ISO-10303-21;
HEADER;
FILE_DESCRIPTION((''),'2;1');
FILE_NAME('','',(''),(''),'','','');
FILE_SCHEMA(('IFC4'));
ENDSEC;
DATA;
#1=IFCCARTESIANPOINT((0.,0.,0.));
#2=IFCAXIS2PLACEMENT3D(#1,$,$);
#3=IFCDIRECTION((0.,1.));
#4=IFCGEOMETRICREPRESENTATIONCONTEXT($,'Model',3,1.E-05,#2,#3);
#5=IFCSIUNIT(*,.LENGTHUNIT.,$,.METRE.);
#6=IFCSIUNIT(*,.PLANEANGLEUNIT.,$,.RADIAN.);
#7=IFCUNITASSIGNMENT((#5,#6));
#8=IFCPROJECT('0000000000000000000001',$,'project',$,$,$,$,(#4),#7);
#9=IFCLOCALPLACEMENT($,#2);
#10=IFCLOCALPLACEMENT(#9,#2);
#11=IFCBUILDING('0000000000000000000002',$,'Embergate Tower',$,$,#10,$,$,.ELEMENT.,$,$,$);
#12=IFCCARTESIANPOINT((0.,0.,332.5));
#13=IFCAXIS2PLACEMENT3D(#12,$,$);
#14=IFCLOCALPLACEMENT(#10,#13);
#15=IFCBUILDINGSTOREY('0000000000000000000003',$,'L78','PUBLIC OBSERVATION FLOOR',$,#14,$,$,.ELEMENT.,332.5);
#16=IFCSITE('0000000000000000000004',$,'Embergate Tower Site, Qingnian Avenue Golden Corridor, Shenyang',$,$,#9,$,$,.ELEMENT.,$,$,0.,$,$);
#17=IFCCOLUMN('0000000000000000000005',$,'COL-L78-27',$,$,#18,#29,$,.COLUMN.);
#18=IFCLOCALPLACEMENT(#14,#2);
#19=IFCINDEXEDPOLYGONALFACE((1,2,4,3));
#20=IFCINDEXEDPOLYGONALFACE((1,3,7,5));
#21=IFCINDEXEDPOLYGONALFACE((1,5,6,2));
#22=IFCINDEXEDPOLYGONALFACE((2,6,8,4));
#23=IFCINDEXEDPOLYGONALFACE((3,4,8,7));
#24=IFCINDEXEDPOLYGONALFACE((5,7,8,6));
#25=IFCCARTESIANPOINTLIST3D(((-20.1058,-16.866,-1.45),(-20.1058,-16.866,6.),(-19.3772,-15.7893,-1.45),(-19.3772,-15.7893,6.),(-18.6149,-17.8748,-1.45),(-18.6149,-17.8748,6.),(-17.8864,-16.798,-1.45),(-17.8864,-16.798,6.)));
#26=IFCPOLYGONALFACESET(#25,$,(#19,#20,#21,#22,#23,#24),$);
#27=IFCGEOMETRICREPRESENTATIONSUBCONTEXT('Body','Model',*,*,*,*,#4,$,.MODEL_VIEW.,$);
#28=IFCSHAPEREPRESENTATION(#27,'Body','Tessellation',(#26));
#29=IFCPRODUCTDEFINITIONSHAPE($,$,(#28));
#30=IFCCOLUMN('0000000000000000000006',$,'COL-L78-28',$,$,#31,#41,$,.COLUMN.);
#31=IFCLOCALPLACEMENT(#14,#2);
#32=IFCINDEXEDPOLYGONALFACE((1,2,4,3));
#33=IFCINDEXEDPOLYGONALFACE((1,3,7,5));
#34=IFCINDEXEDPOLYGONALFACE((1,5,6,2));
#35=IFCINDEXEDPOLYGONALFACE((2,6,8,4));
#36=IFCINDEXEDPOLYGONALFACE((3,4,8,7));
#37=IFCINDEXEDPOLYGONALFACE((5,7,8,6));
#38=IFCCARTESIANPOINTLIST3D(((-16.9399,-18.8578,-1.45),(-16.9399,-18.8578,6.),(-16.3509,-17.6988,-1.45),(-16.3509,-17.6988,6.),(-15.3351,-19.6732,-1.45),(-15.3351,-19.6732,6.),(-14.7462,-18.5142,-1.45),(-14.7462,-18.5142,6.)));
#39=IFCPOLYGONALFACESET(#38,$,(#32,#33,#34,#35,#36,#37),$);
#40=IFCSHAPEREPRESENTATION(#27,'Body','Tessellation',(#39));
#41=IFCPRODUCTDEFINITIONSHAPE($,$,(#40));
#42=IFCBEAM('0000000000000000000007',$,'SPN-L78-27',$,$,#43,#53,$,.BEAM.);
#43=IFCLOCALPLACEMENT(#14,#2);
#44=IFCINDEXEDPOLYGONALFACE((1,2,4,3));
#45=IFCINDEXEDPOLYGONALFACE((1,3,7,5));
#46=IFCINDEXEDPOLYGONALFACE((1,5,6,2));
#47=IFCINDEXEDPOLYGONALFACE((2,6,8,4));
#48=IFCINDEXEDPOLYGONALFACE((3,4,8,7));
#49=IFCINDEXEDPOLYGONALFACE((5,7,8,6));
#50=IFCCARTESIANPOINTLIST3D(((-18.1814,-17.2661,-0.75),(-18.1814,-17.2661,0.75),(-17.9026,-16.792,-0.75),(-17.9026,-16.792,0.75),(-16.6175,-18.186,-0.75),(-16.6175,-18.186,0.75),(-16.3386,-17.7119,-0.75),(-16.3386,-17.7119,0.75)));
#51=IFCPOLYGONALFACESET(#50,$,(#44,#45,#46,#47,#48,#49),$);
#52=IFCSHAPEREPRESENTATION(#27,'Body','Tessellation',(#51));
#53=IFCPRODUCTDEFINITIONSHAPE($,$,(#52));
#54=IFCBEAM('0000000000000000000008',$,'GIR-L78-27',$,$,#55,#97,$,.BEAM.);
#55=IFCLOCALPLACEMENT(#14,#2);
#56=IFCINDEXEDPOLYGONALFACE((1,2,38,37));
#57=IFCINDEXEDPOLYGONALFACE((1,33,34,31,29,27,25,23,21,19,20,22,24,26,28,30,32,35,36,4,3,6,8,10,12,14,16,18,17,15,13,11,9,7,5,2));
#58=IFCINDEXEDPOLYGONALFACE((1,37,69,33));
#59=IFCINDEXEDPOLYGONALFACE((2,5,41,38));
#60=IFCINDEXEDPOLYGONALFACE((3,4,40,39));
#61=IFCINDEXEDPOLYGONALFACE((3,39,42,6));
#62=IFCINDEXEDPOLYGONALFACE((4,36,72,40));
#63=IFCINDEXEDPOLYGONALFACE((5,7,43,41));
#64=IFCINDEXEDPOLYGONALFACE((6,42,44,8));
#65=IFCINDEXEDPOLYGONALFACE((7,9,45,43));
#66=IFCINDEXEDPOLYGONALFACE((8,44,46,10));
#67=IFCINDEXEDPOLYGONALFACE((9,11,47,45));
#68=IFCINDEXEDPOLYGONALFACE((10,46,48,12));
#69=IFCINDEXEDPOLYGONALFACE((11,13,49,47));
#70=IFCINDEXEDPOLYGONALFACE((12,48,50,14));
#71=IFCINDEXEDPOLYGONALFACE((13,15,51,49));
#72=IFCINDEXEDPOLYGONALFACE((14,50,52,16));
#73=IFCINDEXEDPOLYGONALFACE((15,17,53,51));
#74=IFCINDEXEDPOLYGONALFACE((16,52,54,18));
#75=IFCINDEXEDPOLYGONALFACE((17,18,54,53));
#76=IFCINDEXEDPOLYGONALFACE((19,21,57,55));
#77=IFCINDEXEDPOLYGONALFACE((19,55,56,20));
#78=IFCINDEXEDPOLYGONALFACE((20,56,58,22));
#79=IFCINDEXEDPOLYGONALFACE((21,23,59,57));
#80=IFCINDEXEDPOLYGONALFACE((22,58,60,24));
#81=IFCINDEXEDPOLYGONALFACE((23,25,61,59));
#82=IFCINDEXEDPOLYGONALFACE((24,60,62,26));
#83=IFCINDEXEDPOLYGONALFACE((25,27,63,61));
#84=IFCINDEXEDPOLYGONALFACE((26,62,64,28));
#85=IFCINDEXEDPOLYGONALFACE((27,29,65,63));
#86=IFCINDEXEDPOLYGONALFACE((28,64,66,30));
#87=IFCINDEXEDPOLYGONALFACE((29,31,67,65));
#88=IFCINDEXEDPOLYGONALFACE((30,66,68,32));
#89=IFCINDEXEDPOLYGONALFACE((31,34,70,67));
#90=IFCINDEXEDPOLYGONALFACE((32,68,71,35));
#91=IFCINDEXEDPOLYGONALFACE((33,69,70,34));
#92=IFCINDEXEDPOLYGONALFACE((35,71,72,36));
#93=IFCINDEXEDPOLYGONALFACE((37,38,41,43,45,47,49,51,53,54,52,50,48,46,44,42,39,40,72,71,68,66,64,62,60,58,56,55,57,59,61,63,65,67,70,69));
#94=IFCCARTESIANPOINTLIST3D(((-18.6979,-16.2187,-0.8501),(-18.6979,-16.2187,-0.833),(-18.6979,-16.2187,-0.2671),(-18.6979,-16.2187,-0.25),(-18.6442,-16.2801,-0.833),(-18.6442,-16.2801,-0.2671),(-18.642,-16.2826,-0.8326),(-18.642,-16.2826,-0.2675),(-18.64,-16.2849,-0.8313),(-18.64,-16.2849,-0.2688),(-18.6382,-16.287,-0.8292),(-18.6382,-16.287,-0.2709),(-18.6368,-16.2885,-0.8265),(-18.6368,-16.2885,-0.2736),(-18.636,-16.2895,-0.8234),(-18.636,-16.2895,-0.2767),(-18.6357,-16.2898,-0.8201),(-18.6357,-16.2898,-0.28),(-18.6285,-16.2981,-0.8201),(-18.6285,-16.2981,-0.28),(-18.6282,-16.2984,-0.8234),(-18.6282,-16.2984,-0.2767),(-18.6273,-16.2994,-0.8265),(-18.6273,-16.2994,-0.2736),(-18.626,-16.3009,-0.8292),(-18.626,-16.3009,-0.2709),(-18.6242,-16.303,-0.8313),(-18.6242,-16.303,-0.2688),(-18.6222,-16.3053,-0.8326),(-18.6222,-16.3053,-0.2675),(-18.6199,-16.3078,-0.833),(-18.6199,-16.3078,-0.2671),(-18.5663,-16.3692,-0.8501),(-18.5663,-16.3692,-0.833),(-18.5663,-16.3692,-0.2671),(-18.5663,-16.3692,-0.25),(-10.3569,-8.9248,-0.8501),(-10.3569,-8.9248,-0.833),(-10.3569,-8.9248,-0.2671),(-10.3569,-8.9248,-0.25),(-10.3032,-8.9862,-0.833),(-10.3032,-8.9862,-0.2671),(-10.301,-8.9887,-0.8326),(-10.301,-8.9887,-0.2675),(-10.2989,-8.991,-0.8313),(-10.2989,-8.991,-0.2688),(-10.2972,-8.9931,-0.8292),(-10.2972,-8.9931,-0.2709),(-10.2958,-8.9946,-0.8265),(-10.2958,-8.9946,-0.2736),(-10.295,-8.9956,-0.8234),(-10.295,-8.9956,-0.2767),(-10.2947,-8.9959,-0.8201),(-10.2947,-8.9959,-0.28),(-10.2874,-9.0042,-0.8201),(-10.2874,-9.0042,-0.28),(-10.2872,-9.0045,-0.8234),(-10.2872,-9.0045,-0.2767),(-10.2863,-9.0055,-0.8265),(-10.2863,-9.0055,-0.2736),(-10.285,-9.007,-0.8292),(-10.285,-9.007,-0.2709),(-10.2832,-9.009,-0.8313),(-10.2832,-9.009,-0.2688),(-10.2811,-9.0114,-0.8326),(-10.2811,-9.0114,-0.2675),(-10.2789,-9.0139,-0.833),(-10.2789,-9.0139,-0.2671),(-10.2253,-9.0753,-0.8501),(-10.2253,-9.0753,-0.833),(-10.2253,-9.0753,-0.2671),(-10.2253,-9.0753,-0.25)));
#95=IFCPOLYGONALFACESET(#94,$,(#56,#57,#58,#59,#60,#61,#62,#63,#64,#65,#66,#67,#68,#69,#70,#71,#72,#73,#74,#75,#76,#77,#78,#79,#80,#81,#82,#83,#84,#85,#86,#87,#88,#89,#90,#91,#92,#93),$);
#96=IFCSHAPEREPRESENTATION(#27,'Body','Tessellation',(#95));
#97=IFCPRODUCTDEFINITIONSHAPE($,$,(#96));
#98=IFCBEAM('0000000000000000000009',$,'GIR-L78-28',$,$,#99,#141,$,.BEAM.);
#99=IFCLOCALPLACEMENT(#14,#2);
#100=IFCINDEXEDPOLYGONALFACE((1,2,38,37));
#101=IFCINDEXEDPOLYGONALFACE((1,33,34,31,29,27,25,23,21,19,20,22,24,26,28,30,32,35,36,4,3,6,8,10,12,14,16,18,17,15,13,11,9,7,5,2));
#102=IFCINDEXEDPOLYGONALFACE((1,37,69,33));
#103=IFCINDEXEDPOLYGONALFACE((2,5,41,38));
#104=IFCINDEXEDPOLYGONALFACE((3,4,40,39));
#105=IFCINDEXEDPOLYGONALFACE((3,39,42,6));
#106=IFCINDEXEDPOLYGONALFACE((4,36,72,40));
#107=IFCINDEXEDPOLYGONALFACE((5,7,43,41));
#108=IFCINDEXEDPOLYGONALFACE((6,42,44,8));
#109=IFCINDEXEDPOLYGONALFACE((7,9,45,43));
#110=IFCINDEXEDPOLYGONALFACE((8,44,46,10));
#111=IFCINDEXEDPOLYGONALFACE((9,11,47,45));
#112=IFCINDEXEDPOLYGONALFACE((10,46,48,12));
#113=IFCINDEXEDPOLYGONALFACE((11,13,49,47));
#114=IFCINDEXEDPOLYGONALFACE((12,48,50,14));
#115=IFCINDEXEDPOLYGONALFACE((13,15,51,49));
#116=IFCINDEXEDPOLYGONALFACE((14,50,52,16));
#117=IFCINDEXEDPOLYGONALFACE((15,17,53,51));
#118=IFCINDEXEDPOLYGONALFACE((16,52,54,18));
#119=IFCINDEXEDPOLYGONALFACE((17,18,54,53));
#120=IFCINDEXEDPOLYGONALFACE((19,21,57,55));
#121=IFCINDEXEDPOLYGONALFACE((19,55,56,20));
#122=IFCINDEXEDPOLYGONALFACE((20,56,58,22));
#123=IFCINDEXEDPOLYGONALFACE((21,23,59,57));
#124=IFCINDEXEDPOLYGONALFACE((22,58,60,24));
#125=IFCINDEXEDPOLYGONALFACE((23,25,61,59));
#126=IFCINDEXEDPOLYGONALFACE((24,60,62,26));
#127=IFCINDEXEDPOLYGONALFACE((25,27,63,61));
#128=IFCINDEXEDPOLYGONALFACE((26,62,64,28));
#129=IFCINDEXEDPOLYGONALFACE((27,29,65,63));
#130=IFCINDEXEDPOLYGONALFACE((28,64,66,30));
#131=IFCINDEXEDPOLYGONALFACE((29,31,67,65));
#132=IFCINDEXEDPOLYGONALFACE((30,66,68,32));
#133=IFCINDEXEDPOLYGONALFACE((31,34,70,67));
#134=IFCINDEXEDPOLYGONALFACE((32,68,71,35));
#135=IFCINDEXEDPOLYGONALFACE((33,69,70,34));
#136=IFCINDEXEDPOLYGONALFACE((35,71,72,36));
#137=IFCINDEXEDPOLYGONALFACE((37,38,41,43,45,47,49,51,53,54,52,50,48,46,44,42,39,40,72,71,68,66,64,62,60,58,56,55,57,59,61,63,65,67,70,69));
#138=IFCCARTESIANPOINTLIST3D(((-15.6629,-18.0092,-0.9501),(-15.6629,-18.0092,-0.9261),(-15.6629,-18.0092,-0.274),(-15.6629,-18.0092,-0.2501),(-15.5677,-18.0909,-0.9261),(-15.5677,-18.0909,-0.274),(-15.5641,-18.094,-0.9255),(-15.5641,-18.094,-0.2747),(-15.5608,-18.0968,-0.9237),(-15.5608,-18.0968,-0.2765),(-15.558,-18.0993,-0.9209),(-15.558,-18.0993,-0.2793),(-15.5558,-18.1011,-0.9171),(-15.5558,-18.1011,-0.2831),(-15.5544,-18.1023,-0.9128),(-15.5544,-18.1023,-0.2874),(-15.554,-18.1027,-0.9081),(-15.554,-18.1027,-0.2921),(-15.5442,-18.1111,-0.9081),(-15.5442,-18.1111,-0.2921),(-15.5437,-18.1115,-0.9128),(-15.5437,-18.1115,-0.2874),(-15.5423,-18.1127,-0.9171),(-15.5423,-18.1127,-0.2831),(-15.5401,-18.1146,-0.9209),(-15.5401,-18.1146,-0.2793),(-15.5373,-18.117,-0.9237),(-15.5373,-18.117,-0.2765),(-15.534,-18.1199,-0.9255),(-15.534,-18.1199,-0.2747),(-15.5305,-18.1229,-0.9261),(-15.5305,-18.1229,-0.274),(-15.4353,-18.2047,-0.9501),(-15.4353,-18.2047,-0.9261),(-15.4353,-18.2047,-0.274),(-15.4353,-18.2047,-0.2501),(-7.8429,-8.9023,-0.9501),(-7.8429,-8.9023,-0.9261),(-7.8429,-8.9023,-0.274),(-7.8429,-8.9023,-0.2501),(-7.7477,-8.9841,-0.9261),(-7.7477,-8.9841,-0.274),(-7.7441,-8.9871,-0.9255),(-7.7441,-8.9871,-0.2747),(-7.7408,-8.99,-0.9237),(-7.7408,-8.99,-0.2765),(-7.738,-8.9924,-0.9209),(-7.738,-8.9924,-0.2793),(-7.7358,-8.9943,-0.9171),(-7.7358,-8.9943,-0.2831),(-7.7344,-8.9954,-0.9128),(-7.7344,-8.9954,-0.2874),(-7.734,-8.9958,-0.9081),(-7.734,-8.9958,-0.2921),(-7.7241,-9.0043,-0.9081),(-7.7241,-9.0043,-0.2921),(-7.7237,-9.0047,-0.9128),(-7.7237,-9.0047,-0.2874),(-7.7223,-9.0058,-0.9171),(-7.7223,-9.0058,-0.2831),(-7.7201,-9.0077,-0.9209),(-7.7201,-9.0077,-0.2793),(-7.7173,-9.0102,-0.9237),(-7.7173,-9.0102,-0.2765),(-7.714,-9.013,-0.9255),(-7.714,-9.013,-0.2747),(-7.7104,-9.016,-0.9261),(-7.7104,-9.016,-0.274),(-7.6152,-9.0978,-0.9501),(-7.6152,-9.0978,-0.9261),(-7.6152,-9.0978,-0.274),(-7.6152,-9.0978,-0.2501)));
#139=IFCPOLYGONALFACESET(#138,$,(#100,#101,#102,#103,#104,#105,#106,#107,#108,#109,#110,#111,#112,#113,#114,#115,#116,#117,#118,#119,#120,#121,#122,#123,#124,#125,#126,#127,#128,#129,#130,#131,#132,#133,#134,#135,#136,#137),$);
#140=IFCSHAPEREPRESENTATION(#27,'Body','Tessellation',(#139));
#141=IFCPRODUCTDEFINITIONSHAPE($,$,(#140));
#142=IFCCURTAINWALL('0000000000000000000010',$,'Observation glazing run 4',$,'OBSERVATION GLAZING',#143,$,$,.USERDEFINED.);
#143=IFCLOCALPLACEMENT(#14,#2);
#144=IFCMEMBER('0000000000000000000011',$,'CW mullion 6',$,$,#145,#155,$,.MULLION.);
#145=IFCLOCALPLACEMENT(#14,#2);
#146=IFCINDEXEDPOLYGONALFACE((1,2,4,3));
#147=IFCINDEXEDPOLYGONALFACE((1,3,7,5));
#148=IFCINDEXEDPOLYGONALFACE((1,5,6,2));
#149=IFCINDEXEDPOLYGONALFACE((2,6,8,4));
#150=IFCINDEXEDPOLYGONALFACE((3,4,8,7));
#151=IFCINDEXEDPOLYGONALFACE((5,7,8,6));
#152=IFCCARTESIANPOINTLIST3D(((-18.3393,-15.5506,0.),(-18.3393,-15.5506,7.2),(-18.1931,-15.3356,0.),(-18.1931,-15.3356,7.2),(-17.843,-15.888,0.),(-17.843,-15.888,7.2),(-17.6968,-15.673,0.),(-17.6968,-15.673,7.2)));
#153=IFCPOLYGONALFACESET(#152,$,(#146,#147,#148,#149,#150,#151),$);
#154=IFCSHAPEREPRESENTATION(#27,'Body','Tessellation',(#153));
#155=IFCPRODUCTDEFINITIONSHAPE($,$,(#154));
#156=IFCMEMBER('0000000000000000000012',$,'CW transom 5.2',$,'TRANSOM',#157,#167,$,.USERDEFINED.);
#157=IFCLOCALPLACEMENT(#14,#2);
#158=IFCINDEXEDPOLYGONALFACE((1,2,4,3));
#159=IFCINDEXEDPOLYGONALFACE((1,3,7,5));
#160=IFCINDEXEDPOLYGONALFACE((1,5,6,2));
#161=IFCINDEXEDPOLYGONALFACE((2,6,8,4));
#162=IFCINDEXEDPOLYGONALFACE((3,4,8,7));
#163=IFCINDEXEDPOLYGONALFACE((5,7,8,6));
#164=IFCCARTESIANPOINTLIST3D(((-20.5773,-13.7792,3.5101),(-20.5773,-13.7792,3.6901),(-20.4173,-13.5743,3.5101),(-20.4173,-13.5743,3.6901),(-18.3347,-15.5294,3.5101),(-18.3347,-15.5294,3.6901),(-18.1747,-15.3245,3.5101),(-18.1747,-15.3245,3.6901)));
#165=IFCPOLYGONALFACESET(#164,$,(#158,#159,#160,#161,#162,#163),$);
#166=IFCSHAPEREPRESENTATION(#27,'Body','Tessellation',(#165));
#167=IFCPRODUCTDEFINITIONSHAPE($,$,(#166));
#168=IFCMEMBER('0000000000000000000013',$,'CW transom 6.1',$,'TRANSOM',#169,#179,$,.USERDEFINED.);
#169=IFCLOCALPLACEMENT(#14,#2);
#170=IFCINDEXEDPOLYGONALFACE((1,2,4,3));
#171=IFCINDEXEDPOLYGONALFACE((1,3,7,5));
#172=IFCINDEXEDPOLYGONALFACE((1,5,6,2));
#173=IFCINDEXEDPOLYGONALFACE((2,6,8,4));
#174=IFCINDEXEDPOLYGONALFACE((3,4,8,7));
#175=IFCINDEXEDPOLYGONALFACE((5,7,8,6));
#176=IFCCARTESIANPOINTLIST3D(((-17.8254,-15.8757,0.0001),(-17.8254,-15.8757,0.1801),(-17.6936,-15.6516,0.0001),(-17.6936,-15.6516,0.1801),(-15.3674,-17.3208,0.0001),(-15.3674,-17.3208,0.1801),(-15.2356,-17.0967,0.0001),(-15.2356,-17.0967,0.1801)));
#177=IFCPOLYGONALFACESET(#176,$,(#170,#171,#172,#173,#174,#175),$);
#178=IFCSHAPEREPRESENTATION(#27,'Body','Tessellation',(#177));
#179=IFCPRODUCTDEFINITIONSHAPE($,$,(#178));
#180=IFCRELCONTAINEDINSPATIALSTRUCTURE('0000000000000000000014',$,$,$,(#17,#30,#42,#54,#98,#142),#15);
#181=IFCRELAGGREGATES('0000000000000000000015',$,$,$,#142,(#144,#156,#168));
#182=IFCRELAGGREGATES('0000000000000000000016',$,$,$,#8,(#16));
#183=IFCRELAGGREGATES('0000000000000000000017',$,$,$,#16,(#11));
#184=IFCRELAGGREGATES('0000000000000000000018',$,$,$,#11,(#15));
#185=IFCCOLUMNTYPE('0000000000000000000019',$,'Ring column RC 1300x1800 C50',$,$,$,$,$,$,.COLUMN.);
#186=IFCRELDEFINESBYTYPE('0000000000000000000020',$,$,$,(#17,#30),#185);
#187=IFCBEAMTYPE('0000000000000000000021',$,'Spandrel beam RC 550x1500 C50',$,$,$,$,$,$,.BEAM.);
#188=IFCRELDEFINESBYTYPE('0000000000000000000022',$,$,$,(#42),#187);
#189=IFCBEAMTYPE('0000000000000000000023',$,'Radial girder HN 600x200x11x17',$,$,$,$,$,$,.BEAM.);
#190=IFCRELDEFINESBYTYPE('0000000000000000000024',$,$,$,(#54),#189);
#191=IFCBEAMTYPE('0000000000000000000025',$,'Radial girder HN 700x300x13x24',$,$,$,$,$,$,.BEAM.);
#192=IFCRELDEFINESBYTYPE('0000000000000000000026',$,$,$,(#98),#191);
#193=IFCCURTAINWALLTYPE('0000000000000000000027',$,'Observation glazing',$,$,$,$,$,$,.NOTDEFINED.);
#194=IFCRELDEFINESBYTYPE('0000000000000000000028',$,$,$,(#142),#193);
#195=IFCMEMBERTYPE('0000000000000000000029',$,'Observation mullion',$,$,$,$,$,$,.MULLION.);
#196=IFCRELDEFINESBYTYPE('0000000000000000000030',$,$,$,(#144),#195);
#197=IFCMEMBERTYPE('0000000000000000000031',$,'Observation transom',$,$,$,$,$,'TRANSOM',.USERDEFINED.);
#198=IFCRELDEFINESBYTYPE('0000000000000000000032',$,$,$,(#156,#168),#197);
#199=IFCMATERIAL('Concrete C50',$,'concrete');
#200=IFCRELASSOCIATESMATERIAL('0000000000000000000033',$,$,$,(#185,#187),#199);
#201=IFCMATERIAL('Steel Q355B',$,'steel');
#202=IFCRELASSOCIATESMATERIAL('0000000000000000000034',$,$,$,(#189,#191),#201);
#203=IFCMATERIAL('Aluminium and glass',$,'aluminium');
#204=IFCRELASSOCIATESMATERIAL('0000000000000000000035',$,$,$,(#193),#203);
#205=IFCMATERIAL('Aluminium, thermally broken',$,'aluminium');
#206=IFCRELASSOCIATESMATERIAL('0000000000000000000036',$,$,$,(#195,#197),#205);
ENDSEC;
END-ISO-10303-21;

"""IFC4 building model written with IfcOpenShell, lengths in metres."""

from ifc_helpers import new_model, si_unit, direction, frame, origin, origin_2d, place, context, subcontext, project, spatial, rectangle, i_section, extrude, source, transform, mapped, material, material_profile, profile_set, type_object, element, aggregate, save


model = new_model("IFC4")

# Units and contexts
model_context = context("Model", 3, precision=1e-05, world=origin(), true_north=direction((0.0, 1.0)))
body_context = subcontext(model_context, "Body", "Model", "MODEL_VIEW")
ifc_project = project(units=[si_unit("LENGTHUNIT", "METRE"), si_unit("PLANEANGLEUNIT", "RADIAN")], contexts=[model_context])

# Site, building, storey
site_placement = place(None, origin())
site = spatial("IfcSite", under=ifc_project, at=site_placement, Name="Embergate Tower Site, Qingnian Avenue Golden Corridor, Shenyang", CompositionType="ELEMENT", RefElevation=0.0)
building_placement = place(site_placement, origin())
building = spatial("IfcBuilding", under=site, at=building_placement, Name="Embergate Tower", CompositionType="ELEMENT")
storey_placement = place(building_placement, frame((0.0, 0.0, 332.5)))
storey = spatial("IfcBuildingStorey", under=building, at=storey_placement, Name="L78", Description="PUBLIC OBSERVATION FLOOR", CompositionType="ELEMENT", Elevation=332.5)

# Columns
ifc_material_1 = material(Name="Concrete C50", Category="concrete")
ifc_material_profile_1 = material_profile(ifc_material_1, rectangle(XDim=1.3, YDim=1.8, at=origin_2d()), Name="RC 1300x1800")
ifc_profile_set_1 = profile_set([ifc_material_profile_1], Name="Concrete C50")
column_type = type_object("IfcColumnType", Name="Ring column RC 1300x1800 C50", PredefinedType="COLUMN", material=ifc_profile_set_1)
shared_shape_1 = source(origin(), body_context, "Body", "SweptSolid", [
    extrude(rectangle(XDim=1.3, YDim=1.8, at=origin_2d()), origin(), (0.0, 0.0, 1.0), 7.45),
])
for number, where, z_axis, x_axis, name in (
    (1, (-18.9961, -16.832, -1.45), (0.0, 0.0, 1.0), (-0.560393, -0.828227, 0.0), "COL-L78-27"),
    (2, (-15.843, -18.686, -1.45), (0.0, 0.0, 1.0), (-0.452995, -0.891513, 0.0), "COL-L78-28"),
):
    element("IfcColumn", number, at=place(storey_placement, frame(where, z_axis=z_axis, x_axis=x_axis)), inside=storey, type_object=column_type, Name=name, PredefinedType="COLUMN", context=body_context, shape_type="MappedRepresentation", body=[
        mapped(shared_shape_1, transform((0.0, 0.0, 0.0))),
    ])

# Beams
ifc_material_profile_2 = material_profile(ifc_material_1, rectangle(XDim=0.55, YDim=1.5, at=origin_2d()), Name="RC 550x1500")
ifc_profile_set_2 = profile_set([ifc_material_profile_2], Name="Concrete C50")
beam_type_1 = type_object("IfcBeamType", Name="Spandrel beam RC 550x1500 C50", PredefinedType="BEAM", material=ifc_profile_set_2)
shared_shape_2 = source(origin(), body_context, "Body", "SweptSolid", [
    extrude(rectangle(XDim=0.55, YDim=1.5, at=origin_2d()), origin(), (0.0, 0.0, 1.0), 1.8145),
])
beam_1_placement = place(storey_placement, frame((-18.042, -17.0291, 0.0), z_axis=(0.861948, -0.506997, 0.0), x_axis=(0.506997, 0.861948, 0.0)))
element("IfcBeam", 3, at=beam_1_placement, inside=storey, type_object=beam_type_1, Name="SPN-L78-27", PredefinedType="BEAM", context=body_context, shape_type="MappedRepresentation", body=[
    mapped(shared_shape_2, transform((0.0, 0.0, 0.0))),
])
ifc_material_2 = material(Name="Steel Q355B", Category="steel")
ifc_material_profile_3 = material_profile(ifc_material_2, i_section(OverallWidth=0.2, OverallDepth=0.6001, WebThickness=0.011, FlangeThickness=0.0171, FilletRadius=0.0129, at=origin_2d()), Name="HN 600x200x11x17")
ifc_profile_set_3 = profile_set([ifc_material_profile_3], Name="Steel Q355 grade B")
beam_type_2 = type_object("IfcBeamType", Name="Radial girder HN 600x200x11x17", PredefinedType="BEAM", material=ifc_profile_set_3)
shared_shape_3 = source(origin(), body_context, "Body", "SweptSolid", [
    extrude(i_section(OverallWidth=0.2, OverallDepth=0.6001, WebThickness=0.011, FlangeThickness=0.0171, FilletRadius=0.0129, at=origin_2d()), origin(), (0.0, 0.0, 1.0), 11.0803),
])
beam_2_placement = place(storey_placement, frame((-18.6321, -16.2939, -0.55), z_axis=(0.752777, 0.658275, 0.0), x_axis=(-0.658275, 0.752777, 0.0)))
element("IfcBeam", 4, at=beam_2_placement, inside=storey, type_object=beam_type_2, Name="GIR-L78-27", PredefinedType="BEAM", context=body_context, shape_type="MappedRepresentation", body=[
    mapped(shared_shape_3, transform((0.0, 0.0, 0.0))),
])
ifc_material_profile_4 = material_profile(ifc_material_2, i_section(OverallWidth=0.3, OverallDepth=0.7, WebThickness=0.0129, FlangeThickness=0.0239, FilletRadius=0.0181, at=origin_2d()), Name="HN 700x300x13x24")
ifc_profile_set_4 = profile_set([ifc_material_profile_4], Name="Steel Q355 grade B")
beam_type_3 = type_object("IfcBeamType", Name="Radial girder HN 700x300x13x24", PredefinedType="BEAM", material=ifc_profile_set_4)
shared_shape_4 = source(origin(), body_context, "Body", "SweptSolid", [
    extrude(i_section(OverallWidth=0.3, OverallDepth=0.7, WebThickness=0.0129, FlangeThickness=0.0239, FilletRadius=0.0181, at=origin_2d()), origin(), (0.0, 0.0, 1.0), 12.0037),
])
beam_3_placement = place(storey_placement, frame((-15.5491, -18.1069, -0.6001), z_axis=(0.651469, 0.758675, 0.0), x_axis=(-0.758675, 0.651469, 0.0)))
element("IfcBeam", 5, at=beam_3_placement, inside=storey, type_object=beam_type_3, Name="GIR-L78-28", PredefinedType="BEAM", context=body_context, shape_type="MappedRepresentation", body=[
    mapped(shared_shape_4, transform((0.0, 0.0, 0.0))),
])

# Curtain wall, members
ifc_material_3 = material(Name="Aluminium and glass", Category="aluminium")
curtain_wall_type = type_object("IfcCurtainWallType", Name="Observation glazing", PredefinedType="NOTDEFINED", material=ifc_material_3)
curtain_wall_placement = place(storey_placement, origin())
curtain_wall = element("IfcCurtainWall", 6, at=curtain_wall_placement, inside=storey, type_object=curtain_wall_type, Name="Observation glazing run 4", ObjectType="OBSERVATION GLAZING", PredefinedType="USERDEFINED")
ifc_material_4 = material(Name="Aluminium, thermally broken", Category="aluminium")
ifc_material_profile_5 = material_profile(ifc_material_4, rectangle(XDim=0.26, YDim=0.6001, at=origin_2d()), Name="AL 600x260")
ifc_profile_set_5 = profile_set([ifc_material_profile_5], Name="Aluminium, thermally broken")
member_type_1 = type_object("IfcMemberType", Name="Observation mullion", PredefinedType="MULLION", material=ifc_profile_set_5)
shared_shape_5 = source(origin(), body_context, "Body", "SweptSolid", [
    extrude(rectangle(XDim=0.26, YDim=0.6001, at=origin_2d()), origin(), (0.0, 0.0, 1.0), 7.2),
])
member_1_placement = place(storey_placement, frame((-18.0181, -15.6118, 0.0), z_axis=(0.0, 0.0, 1.0), x_axis=(0.562195, 0.827005, 0.0)))
member_1 = element("IfcMember", 7, at=member_1_placement, type_object=member_type_1, Name="CW mullion 6", PredefinedType="MULLION", context=body_context, shape_type="MappedRepresentation", body=[
    mapped(shared_shape_5, transform((0.0, 0.0, 0.0))),
])
ifc_material_profile_6 = material_profile(ifc_material_4, rectangle(XDim=0.26, YDim=0.1799, at=origin_2d()), Name="AL 180x260")
ifc_profile_set_6 = profile_set([ifc_material_profile_6], Name="Aluminium, thermally broken")
member_type_2 = type_object("IfcMemberType", Name="Observation transom", ElementType="TRANSOM", PredefinedType="USERDEFINED", material=ifc_profile_set_6)
shared_shape_6 = source(origin(), body_context, "Body", "SweptSolid", [
    extrude(rectangle(XDim=0.26, YDim=0.1799, at=origin_2d()), origin(), (0.0, 0.0, 1.0), 2.8447),
])
member_2_placement = place(storey_placement, frame((-20.4973, -13.6768, 3.6001), z_axis=(0.788339, -0.615241, 0.0), x_axis=(0.615241, 0.788339, 0.0)))
member_2 = element("IfcMember", 8, at=member_2_placement, type_object=member_type_2, Name="CW transom 5.2", ObjectType="TRANSOM", PredefinedType="USERDEFINED", context=body_context, shape_type="MappedRepresentation", body=[
    mapped(shared_shape_6, transform((0.0, 0.0, 0.0))),
])
shared_shape_7 = source(origin(), body_context, "Body", "SweptSolid", [
    extrude(rectangle(XDim=0.26, YDim=0.1799, at=origin_2d()), origin(), (0.0, 0.0, 1.0), 2.8513),
])
member_3_placement = place(storey_placement, frame((-17.7595, -15.7637, 0.0901), z_axis=(0.86206, -0.506807, 0.0), x_axis=(0.506807, 0.86206, 0.0)))
member_3 = element("IfcMember", 9, at=member_3_placement, type_object=member_type_2, Name="CW transom 6.1", ObjectType="TRANSOM", PredefinedType="USERDEFINED", context=body_context, shape_type="MappedRepresentation", body=[
    mapped(shared_shape_7, transform((0.0, 0.0, 0.0))),
])
aggregate(curtain_wall, [member_1, member_2, member_3])

save(model, "model.ifc")
